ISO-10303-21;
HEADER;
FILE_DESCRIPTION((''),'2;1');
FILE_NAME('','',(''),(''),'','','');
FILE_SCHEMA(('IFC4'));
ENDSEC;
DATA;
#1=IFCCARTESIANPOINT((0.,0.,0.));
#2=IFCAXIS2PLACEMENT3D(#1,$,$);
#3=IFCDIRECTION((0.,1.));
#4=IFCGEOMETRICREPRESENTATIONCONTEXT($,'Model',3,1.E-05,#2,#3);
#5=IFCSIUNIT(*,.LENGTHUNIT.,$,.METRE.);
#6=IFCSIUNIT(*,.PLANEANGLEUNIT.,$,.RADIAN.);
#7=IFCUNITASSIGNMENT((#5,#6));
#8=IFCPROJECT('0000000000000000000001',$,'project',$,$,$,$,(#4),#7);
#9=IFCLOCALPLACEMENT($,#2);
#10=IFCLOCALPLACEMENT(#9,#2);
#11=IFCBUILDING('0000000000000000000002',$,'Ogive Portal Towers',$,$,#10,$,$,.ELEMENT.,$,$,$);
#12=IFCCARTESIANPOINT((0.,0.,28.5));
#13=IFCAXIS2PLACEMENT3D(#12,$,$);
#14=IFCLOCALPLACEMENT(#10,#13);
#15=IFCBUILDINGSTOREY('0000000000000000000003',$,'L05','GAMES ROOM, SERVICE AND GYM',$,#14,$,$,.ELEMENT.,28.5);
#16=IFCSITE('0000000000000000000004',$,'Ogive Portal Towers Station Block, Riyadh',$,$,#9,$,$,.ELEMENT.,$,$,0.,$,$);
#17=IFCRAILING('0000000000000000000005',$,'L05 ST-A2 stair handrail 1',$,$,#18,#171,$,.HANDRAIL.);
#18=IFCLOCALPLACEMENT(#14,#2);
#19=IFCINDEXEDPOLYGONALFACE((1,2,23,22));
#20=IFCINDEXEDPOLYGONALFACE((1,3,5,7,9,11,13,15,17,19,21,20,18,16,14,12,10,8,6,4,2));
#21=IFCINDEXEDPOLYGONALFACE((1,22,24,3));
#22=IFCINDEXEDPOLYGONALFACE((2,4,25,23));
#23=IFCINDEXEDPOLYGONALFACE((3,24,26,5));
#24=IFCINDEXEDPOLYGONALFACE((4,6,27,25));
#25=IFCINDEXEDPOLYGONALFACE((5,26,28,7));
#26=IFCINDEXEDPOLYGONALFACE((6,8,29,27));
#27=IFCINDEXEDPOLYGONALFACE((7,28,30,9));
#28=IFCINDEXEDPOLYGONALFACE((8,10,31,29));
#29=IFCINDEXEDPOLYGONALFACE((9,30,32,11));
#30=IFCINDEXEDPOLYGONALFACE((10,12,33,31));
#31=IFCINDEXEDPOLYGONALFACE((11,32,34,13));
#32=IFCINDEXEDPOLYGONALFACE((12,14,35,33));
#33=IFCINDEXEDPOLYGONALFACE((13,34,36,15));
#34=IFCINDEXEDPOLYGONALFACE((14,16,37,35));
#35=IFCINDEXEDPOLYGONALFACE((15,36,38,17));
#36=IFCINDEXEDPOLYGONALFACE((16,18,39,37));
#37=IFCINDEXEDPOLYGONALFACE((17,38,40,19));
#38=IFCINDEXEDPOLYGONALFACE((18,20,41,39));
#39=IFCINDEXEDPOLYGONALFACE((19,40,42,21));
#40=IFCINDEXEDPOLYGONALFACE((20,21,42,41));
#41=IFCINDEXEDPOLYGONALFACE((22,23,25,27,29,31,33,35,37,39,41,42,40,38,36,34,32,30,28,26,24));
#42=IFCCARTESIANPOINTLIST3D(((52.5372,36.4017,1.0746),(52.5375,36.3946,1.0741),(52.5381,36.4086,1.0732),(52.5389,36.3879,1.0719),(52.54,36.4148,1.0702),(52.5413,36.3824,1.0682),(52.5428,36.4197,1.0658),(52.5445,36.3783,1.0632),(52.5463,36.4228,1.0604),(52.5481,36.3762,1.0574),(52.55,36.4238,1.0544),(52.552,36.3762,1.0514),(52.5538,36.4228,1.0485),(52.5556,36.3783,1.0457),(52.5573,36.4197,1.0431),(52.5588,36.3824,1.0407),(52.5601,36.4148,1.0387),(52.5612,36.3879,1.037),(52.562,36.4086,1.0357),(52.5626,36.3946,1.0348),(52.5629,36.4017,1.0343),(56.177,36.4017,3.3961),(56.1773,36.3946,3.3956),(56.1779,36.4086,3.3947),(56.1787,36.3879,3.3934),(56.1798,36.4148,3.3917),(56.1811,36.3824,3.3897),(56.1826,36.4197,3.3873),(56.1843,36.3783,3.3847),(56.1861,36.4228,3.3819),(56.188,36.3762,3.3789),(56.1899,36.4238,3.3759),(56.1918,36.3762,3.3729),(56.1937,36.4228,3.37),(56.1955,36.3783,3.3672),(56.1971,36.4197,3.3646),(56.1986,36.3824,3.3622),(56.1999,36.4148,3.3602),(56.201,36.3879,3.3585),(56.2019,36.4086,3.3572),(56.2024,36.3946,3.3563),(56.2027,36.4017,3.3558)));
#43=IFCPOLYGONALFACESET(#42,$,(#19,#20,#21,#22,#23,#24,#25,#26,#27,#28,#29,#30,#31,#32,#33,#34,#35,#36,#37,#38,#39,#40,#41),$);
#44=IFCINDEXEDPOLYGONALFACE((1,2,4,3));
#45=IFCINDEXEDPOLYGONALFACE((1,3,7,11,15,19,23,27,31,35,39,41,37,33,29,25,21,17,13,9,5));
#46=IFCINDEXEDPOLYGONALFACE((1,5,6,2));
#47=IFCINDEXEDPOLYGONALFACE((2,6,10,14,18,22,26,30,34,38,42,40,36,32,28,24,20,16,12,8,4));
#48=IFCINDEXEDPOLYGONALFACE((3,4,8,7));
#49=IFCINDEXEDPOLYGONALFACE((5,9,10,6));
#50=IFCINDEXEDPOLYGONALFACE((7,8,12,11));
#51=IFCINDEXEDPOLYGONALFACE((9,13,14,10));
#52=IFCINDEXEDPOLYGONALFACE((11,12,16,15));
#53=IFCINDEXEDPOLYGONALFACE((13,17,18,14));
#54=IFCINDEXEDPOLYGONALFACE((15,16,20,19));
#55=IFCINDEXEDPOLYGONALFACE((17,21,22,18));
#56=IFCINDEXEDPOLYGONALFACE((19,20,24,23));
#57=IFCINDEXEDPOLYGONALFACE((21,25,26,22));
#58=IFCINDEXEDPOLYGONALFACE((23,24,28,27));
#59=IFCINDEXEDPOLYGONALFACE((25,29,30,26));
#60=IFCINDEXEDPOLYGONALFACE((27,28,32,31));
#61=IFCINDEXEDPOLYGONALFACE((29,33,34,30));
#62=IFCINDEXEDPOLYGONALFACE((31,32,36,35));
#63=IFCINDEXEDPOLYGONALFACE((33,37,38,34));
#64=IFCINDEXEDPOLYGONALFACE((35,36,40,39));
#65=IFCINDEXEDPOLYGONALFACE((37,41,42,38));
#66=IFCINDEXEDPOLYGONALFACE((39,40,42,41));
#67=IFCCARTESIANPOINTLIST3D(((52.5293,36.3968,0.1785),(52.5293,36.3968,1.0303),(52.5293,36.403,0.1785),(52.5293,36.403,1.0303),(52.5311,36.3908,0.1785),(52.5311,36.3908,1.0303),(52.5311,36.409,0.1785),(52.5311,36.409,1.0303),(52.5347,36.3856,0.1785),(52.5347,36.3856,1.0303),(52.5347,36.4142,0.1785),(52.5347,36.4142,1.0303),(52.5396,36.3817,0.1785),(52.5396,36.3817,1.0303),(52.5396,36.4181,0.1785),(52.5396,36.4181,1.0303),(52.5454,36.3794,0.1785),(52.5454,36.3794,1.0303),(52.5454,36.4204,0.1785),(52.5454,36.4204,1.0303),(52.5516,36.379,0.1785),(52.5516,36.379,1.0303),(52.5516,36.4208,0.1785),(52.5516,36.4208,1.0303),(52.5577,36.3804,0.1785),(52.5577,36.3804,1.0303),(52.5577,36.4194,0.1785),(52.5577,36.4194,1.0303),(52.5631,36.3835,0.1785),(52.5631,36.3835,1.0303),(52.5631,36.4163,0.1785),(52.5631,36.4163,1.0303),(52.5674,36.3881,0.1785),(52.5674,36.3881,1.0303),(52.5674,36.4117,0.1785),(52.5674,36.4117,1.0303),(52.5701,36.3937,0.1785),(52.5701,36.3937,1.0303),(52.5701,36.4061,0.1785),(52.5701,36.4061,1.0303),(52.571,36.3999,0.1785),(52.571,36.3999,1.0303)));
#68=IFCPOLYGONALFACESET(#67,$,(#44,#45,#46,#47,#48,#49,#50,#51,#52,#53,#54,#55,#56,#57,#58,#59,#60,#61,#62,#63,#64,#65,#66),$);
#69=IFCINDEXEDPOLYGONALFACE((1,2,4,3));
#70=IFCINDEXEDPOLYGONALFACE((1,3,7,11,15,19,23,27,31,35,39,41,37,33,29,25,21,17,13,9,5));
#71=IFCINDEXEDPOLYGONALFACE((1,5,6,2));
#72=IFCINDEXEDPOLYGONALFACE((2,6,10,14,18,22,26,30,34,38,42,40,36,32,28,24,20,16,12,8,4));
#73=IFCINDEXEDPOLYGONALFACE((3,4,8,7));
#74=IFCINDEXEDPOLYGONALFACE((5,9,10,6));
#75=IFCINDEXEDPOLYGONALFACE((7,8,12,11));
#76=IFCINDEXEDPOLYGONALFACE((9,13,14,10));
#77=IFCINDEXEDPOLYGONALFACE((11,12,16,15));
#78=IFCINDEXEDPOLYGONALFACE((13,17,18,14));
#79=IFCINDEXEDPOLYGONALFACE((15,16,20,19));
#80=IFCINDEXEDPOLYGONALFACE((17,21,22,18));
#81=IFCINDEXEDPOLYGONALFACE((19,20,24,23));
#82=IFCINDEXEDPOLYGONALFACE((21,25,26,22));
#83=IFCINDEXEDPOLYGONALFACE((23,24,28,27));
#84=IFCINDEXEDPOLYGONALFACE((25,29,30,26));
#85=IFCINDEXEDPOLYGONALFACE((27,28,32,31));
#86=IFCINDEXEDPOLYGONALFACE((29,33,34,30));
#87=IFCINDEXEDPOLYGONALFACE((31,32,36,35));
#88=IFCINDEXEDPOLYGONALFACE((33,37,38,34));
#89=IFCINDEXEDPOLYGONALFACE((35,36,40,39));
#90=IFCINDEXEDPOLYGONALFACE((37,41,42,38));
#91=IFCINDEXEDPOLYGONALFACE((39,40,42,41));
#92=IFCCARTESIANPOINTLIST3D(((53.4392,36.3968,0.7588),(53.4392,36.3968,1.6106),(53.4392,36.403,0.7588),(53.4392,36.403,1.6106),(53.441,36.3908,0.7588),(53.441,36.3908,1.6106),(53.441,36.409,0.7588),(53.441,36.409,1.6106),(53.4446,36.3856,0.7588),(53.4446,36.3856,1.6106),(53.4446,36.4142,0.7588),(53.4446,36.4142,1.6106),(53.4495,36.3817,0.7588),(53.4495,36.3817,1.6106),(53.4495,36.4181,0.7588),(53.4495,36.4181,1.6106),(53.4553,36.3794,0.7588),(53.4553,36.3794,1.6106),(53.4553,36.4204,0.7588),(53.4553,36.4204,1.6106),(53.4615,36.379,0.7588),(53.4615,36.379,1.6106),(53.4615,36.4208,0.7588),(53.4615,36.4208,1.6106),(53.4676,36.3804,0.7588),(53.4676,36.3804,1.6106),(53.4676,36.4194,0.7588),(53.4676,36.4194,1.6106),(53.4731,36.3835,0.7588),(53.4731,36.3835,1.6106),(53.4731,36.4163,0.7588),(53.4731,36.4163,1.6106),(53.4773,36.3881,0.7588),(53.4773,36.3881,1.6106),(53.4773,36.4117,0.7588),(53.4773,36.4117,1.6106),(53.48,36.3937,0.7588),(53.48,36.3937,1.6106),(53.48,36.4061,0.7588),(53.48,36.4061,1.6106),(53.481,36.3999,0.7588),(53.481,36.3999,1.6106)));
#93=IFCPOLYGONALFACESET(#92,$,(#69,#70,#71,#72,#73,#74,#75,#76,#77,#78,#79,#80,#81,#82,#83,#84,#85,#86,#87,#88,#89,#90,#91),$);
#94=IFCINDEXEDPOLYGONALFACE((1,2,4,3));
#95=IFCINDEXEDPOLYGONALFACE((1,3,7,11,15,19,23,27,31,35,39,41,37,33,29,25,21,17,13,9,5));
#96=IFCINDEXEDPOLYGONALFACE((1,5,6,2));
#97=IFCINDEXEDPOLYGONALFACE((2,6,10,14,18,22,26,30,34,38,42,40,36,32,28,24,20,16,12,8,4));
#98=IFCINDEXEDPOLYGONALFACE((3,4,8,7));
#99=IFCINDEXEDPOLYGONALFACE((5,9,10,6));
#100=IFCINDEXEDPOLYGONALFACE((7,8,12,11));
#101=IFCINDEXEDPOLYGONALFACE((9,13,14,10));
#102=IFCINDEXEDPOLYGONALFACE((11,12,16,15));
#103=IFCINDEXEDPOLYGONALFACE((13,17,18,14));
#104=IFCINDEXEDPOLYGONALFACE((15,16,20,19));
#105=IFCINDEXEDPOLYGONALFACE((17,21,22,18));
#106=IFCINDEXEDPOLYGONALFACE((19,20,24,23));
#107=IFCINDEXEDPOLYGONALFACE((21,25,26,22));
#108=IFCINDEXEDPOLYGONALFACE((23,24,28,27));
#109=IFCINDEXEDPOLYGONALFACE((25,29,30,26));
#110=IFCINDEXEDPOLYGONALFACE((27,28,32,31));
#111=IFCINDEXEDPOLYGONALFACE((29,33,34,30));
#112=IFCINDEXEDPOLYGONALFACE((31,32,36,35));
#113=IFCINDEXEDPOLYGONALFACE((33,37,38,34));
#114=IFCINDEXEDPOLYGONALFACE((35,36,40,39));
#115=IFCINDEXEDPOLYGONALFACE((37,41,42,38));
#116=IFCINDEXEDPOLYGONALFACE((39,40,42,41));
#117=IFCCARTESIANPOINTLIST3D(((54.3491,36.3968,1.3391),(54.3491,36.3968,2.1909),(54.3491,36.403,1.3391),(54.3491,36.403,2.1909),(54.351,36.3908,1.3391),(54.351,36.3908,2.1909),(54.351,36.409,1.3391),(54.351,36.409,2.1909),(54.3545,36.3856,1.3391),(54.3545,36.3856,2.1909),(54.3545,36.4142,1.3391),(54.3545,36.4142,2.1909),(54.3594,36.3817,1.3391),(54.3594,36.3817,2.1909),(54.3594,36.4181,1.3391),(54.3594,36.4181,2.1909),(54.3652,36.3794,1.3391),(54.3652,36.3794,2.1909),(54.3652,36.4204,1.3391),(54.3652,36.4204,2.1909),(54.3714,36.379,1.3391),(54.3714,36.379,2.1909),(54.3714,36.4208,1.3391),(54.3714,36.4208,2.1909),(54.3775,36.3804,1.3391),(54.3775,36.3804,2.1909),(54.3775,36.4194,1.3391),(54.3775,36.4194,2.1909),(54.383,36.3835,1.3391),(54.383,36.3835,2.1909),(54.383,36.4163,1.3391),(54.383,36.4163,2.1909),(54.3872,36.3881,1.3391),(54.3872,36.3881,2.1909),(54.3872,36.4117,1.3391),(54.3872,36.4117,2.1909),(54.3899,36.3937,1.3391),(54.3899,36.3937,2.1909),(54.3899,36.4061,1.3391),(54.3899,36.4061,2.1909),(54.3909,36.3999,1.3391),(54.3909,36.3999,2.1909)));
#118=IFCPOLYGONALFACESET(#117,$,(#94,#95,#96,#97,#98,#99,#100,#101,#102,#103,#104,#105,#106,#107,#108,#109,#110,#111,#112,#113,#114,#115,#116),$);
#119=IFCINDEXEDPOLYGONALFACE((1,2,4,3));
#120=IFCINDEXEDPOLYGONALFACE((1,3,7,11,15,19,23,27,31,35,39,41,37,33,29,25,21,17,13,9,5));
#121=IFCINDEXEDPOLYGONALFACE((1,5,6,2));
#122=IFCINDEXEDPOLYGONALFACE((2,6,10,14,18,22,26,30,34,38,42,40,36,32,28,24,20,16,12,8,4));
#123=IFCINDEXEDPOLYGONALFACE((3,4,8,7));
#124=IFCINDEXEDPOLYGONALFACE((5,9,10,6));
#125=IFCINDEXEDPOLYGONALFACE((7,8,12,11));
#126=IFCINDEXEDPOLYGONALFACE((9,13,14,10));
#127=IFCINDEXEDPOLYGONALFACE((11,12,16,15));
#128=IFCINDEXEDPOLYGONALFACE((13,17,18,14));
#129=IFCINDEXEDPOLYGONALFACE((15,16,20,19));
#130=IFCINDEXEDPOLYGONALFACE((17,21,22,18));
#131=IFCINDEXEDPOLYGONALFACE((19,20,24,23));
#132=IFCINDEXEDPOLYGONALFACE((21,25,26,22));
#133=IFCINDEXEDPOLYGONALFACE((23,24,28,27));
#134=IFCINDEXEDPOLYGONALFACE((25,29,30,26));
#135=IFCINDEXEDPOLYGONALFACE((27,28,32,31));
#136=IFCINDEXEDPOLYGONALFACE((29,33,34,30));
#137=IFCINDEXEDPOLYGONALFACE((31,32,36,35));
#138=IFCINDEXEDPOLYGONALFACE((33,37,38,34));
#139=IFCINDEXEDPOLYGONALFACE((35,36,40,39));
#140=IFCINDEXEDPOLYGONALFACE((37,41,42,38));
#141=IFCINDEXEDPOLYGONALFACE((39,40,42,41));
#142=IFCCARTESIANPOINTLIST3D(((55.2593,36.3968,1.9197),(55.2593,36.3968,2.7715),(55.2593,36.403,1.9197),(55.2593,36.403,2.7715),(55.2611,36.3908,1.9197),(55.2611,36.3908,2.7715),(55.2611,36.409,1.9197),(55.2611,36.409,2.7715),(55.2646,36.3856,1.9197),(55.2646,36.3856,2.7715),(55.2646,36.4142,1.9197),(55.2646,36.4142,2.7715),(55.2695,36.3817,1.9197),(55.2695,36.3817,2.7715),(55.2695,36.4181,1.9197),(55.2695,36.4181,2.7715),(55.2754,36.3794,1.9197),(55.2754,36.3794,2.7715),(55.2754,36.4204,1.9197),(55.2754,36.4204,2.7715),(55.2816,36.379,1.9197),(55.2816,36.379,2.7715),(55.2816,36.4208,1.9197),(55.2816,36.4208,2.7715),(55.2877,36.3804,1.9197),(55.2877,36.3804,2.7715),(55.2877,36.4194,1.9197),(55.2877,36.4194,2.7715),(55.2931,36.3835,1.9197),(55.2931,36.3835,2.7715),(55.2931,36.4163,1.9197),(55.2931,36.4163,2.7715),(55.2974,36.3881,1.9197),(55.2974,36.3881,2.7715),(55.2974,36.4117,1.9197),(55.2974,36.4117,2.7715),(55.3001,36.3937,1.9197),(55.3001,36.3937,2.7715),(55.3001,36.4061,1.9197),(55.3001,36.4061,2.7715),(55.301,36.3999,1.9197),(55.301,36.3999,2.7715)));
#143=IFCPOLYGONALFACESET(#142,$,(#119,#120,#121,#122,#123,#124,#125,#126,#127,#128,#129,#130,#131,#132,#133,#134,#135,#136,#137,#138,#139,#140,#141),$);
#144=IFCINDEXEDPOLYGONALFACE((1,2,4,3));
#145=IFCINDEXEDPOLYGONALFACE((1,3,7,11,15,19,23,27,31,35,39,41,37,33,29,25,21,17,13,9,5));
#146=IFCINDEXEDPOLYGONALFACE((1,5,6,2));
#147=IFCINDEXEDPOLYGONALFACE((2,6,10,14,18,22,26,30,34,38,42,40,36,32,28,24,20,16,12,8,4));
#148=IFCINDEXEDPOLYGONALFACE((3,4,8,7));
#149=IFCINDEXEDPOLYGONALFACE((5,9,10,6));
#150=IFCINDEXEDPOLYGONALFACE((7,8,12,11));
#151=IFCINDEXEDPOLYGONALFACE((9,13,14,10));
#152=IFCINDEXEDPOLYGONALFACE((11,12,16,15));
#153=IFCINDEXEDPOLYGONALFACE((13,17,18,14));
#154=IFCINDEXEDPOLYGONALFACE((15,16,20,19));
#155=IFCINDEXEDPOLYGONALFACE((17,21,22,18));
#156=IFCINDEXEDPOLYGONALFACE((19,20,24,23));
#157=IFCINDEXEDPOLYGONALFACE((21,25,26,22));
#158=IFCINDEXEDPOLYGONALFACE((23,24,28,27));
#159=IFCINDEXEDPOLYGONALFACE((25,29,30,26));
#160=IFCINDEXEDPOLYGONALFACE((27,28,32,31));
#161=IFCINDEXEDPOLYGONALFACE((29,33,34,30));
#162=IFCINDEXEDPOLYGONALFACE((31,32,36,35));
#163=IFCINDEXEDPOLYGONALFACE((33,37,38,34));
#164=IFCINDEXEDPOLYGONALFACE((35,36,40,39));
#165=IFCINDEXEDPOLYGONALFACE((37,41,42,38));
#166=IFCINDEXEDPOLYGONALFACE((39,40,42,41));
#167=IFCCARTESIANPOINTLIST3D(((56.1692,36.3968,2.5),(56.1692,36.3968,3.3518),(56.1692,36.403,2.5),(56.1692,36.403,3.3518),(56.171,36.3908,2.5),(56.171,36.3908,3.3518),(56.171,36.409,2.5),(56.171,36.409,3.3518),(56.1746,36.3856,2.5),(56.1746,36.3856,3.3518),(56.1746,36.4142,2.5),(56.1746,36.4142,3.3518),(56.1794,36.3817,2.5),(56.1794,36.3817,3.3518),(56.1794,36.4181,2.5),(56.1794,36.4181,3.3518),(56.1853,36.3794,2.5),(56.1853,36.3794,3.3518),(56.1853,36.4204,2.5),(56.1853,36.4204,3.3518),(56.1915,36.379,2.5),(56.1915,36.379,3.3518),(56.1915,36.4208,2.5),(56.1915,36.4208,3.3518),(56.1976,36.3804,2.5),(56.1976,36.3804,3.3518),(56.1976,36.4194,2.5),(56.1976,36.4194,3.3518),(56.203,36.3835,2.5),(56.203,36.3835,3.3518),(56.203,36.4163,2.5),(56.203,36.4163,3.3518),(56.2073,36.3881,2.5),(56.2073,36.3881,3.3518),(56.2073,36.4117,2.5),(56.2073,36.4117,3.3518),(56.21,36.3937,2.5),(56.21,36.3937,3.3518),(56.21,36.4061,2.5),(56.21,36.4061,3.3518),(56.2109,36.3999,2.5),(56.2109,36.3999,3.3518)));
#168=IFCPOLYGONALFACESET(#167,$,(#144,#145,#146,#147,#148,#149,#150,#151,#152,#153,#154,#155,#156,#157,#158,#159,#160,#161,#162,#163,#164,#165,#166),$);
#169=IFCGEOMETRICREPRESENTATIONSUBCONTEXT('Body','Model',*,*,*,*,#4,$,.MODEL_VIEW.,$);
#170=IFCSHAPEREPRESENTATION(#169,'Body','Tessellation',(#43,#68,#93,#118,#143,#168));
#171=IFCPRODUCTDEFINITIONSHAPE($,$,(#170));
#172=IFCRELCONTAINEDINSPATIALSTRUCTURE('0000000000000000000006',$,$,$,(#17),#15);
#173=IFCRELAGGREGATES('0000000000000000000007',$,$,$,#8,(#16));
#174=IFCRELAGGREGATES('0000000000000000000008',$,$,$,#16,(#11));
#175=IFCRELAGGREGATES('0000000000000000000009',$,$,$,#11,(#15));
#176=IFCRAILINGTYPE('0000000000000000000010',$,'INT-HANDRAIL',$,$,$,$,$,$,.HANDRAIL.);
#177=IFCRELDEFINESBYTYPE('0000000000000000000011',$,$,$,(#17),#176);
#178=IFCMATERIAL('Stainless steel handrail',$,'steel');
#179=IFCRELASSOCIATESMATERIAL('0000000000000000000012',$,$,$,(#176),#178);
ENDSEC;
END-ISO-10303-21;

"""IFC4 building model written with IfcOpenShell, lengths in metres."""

from ifc_helpers import new_model, si_unit, direction, frame, origin, origin_2d, place, context, subcontext, project, spatial, circle, extrude, material, type_object, element, save


model = new_model("IFC4")

# Units and contexts
model_context = context("Model", 3, precision=1e-05, world=origin(), true_north=direction((0.0, 1.0)))
body_context = subcontext(model_context, "Body", "Model", "MODEL_VIEW")
ifc_project = project(units=[si_unit("LENGTHUNIT", "METRE"), si_unit("PLANEANGLEUNIT", "RADIAN")], contexts=[model_context])

# Site, building, storey
site_placement = place(None, origin())
site = spatial("IfcSite", under=ifc_project, at=site_placement, Name="Ogive Portal Towers Station Block, Riyadh", CompositionType="ELEMENT", RefElevation=0.0)
building_placement = place(site_placement, origin())
building = spatial("IfcBuilding", under=site, at=building_placement, Name="Ogive Portal Towers", CompositionType="ELEMENT")
storey_placement = place(building_placement, frame((0.0, 0.0, 28.5)))
storey = spatial("IfcBuildingStorey", under=building, at=storey_placement, Name="L05", Description="GAMES ROOM, SERVICE AND GYM", CompositionType="ELEMENT", Elevation=28.5)

# Railing
ifc_material_1 = material(Name="Stainless steel handrail", Category="steel")
railing_type_1 = type_object("IfcRailingType", Name="INT-HANDRAIL", PredefinedType="HANDRAIL", material=ifc_material_1)
railing_1_placement = place(storey_placement, frame((52.55, 36.3999, 0.1785)))
element("IfcRailing", 1, at=railing_1_placement, inside=storey, type_object=railing_type_1, Name="L05 ST-A2 stair handrail 1", PredefinedType="HANDRAIL", context=body_context, shape_type="SweptSolid", body=[
    extrude(circle(Radius=0.0239, at=origin_2d()), frame((0.0, 0.0, 0.876), z_axis=(0.843112, 0.0, 0.537739), x_axis=(0.0, 1.0, 0.0)), (0.0, 0.0, 1.0), 4.3171),
    extrude(circle(Radius=0.021, at=origin_2d()), origin(), (0.0, 0.0, 1.0), 0.8518),
    extrude(circle(Radius=0.021, at=origin_2d()), frame((0.9099, 0.0, 0.5803)), (0.0, 0.0, 1.0), 0.8518),
    extrude(circle(Radius=0.021, at=origin_2d()), frame((1.8198, 0.0, 1.1606)), (0.0, 0.0, 1.0), 0.8518),
    extrude(circle(Radius=0.021, at=origin_2d()), frame((2.73, 0.0, 1.7412)), (0.0, 0.0, 1.0), 0.8518),
    extrude(circle(Radius=0.021, at=origin_2d()), frame((3.6399, 0.0, 2.3215)), (0.0, 0.0, 1.0), 0.8518),
])

save(model, "model.ifc")
